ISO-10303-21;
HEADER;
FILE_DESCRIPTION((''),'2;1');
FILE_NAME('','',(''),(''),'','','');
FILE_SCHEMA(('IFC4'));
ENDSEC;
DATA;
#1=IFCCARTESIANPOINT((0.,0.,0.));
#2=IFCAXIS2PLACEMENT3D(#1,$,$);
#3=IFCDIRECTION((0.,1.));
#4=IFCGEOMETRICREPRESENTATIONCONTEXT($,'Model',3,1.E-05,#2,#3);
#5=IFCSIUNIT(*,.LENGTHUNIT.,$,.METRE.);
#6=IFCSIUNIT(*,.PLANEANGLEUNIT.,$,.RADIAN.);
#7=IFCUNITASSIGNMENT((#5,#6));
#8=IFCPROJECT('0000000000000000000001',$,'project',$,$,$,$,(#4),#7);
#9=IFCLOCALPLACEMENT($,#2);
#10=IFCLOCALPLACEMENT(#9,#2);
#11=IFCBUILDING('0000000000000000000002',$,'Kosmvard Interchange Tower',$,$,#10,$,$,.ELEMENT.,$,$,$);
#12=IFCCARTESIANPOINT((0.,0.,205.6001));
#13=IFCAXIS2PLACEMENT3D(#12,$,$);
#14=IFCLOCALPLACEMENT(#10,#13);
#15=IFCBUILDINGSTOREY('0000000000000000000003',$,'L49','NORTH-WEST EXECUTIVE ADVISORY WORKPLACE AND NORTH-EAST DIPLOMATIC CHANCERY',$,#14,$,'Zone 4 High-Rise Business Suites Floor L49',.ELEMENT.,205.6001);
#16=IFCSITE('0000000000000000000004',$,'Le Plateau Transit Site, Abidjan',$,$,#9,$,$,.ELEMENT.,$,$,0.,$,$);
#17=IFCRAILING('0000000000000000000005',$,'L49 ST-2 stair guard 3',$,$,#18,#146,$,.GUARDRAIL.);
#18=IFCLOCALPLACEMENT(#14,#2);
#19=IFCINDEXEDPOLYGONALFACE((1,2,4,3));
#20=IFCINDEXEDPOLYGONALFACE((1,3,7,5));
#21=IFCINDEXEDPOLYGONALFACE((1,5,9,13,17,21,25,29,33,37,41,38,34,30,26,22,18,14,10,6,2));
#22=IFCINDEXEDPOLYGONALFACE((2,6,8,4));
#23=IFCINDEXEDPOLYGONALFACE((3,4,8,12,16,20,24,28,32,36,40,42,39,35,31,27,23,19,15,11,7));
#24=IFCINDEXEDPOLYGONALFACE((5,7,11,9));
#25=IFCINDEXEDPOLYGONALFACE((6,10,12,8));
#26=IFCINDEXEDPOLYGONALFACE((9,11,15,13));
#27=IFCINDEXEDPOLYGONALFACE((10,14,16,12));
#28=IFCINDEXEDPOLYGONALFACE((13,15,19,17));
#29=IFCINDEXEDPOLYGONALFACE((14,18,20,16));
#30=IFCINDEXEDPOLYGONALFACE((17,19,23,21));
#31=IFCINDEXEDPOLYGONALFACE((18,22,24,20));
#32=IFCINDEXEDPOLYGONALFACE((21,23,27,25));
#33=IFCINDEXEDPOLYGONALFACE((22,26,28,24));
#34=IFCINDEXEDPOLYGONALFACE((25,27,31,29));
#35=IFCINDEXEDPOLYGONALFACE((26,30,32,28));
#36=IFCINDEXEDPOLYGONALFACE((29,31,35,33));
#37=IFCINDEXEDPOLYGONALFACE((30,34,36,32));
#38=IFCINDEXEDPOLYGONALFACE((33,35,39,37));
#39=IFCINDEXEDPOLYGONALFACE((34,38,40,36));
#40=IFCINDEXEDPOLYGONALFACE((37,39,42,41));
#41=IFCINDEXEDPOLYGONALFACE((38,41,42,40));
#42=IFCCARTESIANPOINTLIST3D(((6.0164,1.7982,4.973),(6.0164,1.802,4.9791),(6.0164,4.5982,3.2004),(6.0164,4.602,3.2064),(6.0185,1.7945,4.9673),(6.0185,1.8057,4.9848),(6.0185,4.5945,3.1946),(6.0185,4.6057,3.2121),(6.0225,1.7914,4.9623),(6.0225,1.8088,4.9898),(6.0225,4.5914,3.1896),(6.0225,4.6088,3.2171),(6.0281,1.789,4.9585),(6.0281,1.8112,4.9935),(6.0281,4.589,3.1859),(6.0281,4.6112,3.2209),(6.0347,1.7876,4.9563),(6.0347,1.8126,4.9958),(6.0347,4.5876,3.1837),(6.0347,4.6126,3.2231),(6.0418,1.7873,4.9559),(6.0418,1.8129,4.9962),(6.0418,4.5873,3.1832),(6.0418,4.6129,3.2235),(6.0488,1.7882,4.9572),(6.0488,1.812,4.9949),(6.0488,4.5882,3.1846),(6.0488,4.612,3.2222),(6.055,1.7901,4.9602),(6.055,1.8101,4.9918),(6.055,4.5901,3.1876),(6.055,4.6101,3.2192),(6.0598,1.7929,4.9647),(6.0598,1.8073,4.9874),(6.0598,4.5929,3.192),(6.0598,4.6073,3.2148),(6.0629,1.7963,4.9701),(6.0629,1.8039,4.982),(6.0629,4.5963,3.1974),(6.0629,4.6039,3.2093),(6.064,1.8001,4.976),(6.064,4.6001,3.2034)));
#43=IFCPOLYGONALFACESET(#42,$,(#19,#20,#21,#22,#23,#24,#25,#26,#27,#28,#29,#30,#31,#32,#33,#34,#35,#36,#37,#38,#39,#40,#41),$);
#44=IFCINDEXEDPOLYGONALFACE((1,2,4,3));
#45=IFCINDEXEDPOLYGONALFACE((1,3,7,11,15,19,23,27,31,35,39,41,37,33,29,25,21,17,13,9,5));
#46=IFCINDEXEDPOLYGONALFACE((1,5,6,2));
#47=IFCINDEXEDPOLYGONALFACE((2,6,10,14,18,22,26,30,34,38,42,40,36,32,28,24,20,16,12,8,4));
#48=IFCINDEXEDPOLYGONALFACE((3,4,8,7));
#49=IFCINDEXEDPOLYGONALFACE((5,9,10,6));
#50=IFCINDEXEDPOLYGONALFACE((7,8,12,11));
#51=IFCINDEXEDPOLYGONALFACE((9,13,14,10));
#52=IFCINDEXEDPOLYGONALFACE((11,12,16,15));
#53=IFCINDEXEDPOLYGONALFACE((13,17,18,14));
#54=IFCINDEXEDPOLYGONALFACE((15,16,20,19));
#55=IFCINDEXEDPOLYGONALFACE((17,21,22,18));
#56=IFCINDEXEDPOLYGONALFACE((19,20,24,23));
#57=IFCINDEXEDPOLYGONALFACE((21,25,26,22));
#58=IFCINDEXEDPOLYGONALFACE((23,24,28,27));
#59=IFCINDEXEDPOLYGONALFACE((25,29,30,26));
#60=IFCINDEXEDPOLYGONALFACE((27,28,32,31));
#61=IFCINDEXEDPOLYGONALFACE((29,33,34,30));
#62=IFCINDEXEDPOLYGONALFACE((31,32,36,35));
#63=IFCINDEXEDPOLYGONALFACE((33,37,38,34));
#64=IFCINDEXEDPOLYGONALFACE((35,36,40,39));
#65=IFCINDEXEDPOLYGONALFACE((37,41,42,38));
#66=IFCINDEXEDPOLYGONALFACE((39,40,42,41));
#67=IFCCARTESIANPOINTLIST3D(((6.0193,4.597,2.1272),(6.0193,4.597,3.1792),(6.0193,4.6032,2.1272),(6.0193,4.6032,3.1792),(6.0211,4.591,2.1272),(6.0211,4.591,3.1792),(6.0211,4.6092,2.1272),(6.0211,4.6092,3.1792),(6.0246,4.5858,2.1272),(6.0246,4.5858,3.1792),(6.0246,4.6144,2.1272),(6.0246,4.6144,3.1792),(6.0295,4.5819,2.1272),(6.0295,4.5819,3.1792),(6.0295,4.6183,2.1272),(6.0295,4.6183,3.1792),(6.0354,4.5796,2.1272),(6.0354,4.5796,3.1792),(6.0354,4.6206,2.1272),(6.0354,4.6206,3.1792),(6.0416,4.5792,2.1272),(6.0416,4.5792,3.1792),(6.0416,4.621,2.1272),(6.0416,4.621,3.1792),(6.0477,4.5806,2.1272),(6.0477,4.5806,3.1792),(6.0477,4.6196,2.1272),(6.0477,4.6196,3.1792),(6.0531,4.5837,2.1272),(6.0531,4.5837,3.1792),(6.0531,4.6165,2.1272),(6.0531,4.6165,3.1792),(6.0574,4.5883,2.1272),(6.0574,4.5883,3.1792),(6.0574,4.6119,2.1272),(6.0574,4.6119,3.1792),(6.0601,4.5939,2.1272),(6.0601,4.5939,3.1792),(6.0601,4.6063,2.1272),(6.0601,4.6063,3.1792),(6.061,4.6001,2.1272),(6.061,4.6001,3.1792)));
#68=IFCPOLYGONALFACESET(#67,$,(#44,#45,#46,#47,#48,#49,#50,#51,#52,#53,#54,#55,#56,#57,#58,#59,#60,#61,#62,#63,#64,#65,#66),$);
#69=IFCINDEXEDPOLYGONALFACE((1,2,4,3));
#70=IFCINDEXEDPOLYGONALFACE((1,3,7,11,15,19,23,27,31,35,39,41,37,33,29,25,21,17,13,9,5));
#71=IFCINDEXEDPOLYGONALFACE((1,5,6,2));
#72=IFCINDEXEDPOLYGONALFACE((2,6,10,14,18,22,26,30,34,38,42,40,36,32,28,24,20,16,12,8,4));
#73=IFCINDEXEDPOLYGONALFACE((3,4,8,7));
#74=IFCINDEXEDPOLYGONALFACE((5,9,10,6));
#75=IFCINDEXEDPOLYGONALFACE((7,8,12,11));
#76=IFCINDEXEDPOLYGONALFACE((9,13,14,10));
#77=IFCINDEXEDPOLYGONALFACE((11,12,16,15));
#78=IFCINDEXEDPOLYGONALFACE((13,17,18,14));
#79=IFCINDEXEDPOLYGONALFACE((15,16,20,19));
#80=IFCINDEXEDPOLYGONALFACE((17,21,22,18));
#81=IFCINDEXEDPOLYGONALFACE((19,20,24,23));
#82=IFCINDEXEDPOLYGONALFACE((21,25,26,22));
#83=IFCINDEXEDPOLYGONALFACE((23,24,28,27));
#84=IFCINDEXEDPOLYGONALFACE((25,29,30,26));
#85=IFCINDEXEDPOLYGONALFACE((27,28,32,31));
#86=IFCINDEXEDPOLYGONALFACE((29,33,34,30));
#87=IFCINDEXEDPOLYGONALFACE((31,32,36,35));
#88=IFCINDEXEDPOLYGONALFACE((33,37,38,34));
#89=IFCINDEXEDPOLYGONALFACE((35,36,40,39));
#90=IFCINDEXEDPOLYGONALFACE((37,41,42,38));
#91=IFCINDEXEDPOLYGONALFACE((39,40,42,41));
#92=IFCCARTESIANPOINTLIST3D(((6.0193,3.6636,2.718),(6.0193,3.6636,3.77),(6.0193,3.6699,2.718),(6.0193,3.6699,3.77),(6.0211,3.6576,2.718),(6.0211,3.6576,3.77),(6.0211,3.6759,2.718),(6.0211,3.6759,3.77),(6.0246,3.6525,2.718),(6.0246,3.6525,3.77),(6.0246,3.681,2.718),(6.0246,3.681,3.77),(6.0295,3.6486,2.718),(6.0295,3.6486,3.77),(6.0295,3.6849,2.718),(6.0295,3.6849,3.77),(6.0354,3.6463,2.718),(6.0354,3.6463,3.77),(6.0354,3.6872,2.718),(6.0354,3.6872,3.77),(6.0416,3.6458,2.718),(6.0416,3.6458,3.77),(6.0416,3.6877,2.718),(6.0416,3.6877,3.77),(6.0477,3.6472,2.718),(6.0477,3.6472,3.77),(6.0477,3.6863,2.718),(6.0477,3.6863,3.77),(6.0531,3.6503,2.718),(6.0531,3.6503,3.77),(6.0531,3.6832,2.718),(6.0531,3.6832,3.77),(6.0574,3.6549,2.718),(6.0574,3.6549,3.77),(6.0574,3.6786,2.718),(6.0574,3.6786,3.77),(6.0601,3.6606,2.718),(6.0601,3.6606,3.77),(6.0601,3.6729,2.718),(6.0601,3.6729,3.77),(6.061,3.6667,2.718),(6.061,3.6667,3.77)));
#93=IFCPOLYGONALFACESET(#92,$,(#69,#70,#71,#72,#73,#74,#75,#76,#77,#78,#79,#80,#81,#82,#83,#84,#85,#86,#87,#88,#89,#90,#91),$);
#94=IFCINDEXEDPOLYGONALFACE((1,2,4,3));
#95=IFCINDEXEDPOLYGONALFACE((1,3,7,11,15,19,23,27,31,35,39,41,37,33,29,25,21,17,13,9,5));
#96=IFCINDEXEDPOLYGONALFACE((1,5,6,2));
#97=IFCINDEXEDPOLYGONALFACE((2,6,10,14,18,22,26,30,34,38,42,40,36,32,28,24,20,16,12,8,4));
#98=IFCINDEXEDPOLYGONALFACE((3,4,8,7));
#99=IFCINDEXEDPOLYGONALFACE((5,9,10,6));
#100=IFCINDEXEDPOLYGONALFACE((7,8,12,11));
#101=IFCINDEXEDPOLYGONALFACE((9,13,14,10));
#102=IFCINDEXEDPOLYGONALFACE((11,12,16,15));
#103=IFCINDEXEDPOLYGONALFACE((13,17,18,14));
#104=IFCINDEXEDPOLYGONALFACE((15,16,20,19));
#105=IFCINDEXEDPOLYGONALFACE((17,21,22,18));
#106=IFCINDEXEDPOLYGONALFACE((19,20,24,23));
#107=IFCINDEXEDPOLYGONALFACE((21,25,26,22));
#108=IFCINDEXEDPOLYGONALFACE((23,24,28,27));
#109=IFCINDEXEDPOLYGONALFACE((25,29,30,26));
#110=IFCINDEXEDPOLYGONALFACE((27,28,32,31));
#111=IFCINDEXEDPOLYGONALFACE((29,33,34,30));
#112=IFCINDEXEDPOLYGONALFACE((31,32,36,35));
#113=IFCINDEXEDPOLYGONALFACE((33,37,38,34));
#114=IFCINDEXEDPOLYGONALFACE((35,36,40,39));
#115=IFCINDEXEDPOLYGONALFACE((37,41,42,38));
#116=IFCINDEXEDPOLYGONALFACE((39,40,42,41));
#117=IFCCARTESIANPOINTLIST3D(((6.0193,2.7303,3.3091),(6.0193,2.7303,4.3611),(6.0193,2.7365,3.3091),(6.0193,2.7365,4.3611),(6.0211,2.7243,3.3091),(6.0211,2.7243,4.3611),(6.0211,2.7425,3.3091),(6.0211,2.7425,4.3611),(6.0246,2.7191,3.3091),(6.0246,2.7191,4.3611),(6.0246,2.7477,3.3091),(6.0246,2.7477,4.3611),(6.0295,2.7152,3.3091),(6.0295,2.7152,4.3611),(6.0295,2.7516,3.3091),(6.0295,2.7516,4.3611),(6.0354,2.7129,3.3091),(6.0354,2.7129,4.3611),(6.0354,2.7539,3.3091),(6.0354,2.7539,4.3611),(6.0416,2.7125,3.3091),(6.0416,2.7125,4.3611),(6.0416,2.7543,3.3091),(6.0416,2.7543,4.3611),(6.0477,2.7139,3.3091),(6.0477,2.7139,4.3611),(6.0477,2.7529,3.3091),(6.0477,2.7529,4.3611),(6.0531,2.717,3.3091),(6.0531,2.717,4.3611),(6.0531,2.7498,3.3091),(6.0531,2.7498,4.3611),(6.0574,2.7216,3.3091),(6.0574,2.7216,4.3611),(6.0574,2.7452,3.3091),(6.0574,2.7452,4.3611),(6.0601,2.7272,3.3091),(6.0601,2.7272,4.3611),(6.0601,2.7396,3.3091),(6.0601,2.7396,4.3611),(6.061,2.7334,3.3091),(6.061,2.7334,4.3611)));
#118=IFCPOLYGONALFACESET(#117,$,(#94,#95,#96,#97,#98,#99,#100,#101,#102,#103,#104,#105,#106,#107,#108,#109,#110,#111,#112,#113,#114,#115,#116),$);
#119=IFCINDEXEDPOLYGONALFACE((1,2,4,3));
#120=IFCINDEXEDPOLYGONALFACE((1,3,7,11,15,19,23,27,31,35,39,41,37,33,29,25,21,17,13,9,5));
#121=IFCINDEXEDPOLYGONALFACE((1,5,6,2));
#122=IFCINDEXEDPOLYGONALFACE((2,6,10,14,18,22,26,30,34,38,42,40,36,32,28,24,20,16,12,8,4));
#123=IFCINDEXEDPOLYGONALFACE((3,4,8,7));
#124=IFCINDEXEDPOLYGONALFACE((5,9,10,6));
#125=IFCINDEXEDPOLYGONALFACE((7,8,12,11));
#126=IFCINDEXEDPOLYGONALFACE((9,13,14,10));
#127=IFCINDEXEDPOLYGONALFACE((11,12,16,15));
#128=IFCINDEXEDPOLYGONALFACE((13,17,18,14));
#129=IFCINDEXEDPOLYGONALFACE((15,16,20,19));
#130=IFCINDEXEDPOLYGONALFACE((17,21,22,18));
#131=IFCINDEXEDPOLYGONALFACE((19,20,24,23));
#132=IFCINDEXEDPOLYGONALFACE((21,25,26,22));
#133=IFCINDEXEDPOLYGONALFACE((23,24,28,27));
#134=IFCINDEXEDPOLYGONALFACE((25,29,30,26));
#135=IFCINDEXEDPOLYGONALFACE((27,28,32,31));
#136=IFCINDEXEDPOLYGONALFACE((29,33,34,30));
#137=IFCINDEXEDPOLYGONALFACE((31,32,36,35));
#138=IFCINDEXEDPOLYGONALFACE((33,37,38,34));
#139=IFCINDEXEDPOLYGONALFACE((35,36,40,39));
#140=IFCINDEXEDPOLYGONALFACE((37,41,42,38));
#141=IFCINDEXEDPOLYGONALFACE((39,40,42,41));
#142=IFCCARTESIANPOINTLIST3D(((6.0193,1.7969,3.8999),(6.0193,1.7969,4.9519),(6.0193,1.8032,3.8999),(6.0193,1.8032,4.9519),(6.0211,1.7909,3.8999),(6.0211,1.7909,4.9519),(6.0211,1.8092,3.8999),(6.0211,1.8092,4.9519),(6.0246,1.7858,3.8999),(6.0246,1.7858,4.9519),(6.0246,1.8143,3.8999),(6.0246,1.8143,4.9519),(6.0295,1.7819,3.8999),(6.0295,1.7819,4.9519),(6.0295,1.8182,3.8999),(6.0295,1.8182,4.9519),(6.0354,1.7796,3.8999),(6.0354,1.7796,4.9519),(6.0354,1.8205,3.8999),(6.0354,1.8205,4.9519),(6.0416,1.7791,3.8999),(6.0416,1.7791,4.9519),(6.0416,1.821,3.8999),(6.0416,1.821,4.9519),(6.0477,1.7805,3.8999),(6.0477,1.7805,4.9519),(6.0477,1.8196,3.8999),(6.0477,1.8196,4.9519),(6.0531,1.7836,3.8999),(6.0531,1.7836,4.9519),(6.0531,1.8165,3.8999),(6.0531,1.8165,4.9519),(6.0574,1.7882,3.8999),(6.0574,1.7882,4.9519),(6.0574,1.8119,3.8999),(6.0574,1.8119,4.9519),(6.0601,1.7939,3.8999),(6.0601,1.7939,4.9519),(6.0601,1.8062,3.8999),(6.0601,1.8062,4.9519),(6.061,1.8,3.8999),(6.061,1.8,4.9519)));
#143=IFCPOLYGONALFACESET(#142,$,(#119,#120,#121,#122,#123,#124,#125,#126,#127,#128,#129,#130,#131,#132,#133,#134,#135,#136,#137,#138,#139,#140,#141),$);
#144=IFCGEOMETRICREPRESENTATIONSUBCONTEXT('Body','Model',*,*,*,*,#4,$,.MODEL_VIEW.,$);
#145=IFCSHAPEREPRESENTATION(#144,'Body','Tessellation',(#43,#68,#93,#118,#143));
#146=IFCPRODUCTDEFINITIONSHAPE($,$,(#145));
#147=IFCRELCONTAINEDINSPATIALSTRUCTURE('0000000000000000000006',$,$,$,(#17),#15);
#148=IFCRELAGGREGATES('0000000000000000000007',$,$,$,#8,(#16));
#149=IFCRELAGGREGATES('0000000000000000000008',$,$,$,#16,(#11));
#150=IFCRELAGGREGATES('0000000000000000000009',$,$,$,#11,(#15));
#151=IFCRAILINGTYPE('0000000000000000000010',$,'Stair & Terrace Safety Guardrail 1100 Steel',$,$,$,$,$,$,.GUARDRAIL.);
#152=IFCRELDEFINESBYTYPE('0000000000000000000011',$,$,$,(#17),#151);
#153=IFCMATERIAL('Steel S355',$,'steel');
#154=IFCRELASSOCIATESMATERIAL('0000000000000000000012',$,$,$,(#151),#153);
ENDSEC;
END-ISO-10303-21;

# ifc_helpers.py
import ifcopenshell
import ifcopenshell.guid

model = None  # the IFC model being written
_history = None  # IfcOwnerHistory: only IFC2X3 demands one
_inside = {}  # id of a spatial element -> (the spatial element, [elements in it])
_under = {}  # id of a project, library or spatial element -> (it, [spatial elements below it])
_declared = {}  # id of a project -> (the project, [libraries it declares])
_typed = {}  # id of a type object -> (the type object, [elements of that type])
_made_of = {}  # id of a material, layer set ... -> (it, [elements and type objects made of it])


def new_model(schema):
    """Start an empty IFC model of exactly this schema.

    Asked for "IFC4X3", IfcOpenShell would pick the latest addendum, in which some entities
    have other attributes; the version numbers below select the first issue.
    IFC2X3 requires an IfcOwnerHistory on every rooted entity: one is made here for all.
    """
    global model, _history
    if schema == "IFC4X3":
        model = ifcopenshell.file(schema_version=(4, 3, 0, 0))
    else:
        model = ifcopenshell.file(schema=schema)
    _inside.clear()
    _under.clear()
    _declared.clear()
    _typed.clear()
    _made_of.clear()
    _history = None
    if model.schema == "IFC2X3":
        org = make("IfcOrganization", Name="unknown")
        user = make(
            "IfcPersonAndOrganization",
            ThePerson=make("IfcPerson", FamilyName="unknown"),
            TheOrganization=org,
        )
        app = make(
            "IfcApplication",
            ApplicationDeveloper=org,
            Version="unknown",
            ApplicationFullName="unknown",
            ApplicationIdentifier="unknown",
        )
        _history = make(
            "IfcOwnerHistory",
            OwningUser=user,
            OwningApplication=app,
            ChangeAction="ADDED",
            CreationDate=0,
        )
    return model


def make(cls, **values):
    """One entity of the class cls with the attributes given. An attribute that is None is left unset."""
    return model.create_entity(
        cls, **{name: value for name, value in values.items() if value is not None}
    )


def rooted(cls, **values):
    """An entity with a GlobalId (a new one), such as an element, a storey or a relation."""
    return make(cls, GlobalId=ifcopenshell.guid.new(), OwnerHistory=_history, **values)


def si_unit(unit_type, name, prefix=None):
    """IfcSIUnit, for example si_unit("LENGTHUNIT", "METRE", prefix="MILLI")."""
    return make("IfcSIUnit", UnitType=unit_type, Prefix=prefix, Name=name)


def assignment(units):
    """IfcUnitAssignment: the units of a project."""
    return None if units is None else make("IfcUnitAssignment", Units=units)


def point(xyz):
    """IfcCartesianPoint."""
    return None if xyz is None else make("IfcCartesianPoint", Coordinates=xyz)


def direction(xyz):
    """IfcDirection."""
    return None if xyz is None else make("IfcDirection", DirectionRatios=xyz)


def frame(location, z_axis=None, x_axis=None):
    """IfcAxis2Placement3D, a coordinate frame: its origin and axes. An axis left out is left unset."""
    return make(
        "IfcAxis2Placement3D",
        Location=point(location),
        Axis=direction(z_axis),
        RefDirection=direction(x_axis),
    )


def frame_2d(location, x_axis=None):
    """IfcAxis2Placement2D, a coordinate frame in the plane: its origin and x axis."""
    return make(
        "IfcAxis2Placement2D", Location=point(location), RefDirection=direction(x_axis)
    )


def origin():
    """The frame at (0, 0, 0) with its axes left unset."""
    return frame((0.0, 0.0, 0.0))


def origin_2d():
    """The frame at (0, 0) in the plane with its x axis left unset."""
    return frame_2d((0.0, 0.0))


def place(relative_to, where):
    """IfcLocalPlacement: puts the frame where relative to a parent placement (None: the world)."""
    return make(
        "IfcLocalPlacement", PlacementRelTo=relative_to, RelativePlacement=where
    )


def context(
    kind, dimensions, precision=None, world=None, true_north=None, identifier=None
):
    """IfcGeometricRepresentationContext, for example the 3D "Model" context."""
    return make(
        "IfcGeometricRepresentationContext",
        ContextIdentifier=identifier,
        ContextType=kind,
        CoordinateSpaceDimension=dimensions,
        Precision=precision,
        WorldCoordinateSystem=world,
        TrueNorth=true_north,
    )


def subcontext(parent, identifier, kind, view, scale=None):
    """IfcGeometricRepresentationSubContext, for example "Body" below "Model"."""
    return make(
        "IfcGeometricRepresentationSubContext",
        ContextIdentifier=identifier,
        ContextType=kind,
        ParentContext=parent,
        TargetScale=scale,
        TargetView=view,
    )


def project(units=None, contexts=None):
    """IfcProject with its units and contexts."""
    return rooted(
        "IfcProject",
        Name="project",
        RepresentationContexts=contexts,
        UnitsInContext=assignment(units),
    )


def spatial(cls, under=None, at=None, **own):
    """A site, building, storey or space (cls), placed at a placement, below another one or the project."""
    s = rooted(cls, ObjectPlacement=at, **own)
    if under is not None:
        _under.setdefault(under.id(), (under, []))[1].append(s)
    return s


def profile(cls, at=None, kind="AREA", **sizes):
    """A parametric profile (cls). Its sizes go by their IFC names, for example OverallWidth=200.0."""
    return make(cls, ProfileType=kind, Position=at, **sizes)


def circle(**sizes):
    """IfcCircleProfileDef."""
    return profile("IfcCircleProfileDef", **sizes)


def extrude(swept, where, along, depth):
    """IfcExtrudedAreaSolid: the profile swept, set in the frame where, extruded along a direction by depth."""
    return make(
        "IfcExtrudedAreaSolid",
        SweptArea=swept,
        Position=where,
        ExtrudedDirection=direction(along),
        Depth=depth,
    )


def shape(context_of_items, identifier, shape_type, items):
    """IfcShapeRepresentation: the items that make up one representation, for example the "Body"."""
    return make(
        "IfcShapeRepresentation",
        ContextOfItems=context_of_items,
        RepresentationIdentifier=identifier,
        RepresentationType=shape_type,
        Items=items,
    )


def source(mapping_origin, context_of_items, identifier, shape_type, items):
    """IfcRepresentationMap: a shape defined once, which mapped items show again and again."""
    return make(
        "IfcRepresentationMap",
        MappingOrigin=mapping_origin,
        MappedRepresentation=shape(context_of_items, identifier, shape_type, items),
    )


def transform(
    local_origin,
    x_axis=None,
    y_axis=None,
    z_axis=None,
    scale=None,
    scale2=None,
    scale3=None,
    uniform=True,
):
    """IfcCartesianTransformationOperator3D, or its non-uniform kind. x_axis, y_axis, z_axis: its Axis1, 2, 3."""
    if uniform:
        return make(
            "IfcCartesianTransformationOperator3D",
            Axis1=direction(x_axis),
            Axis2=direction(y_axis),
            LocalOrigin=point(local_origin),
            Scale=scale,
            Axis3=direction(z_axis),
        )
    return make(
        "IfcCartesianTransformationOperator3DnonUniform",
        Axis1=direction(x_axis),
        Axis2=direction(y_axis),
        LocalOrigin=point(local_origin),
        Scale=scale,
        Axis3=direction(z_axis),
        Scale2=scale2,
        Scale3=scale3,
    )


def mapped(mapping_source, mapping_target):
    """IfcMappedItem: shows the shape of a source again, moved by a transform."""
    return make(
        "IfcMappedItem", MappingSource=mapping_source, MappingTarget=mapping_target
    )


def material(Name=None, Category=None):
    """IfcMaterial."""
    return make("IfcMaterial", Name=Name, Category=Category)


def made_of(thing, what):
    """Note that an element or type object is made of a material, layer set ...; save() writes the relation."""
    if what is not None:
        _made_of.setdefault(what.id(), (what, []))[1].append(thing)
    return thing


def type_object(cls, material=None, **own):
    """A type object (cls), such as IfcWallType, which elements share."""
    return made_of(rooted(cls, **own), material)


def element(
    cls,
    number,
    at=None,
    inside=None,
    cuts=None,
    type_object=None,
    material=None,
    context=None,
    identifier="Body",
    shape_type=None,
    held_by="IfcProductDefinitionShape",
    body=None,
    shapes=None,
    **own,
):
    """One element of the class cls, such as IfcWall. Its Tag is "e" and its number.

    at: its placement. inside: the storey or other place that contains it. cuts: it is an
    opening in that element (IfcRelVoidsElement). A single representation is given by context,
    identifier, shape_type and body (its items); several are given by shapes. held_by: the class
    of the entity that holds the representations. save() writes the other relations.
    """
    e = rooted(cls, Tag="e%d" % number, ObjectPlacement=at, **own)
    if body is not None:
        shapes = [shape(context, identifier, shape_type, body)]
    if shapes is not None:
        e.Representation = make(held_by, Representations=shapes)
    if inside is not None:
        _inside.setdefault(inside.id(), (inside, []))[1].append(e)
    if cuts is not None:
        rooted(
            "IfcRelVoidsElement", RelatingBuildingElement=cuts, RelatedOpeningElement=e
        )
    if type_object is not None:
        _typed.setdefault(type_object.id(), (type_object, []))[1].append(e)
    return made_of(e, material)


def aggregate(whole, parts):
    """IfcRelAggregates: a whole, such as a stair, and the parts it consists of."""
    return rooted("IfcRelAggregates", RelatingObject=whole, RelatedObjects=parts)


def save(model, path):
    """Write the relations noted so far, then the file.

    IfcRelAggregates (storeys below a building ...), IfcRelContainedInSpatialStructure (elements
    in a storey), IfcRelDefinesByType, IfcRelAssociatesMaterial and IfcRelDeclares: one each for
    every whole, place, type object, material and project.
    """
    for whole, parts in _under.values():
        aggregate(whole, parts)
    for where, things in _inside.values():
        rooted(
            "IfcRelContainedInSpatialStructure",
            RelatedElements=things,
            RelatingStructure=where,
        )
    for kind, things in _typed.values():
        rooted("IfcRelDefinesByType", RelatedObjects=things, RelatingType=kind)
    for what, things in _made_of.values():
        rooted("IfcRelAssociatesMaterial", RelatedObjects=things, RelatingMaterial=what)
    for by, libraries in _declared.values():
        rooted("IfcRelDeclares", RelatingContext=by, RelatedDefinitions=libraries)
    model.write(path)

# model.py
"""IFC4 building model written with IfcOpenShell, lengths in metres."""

from ifc_helpers import new_model, si_unit, direction, frame, origin, origin_2d, place, context, subcontext, project, spatial, circle, extrude, source, transform, mapped, material, type_object, element, save


model = new_model("IFC4")

# Units and contexts
model_context = context("Model", 3, precision=1e-05, world=origin(), true_north=direction((0.0, 1.0)))
body_context = subcontext(model_context, "Body", "Model", "MODEL_VIEW")
ifc_project = project(units=[si_unit("LENGTHUNIT", "METRE"), si_unit("PLANEANGLEUNIT", "RADIAN")], contexts=[model_context])

# Site, building, storey
site_placement = place(None, origin())
site = spatial("IfcSite", under=ifc_project, at=site_placement, Name="Le Plateau Transit Site, Abidjan", CompositionType="ELEMENT", RefElevation=0.0)
building_placement = place(site_placement, origin())
building = spatial("IfcBuilding", under=site, at=building_placement, Name="Kosmvard Interchange Tower", CompositionType="ELEMENT")
storey_placement = place(building_placement, frame((0.0, 0.0, 205.6001)))
storey = spatial("IfcBuildingStorey", under=building, at=storey_placement, Name="L49", Description="NORTH-WEST EXECUTIVE ADVISORY WORKPLACE AND NORTH-EAST DIPLOMATIC CHANCERY", LongName="Zone 4 High-Rise Business Suites Floor L49", CompositionType="ELEMENT", Elevation=205.6001)

# Railing
ifc_material_1 = material(Name="Steel S355", Category="steel")
railing_type_1 = type_object("IfcRailingType", Name="Stair & Terrace Safety Guardrail 1100 Steel", PredefinedType="GUARDRAIL", material=ifc_material_1)
shared_shape_1 = source(origin(), body_context, "Body", "SweptSolid", [
    extrude(circle(Radius=0.0239, at=origin_2d()), frame((0.0, 0.0, 1.0762), z_axis=(0.0, -0.844909, 0.53491), x_axis=(1.0, 0.0, 0.0)), (0.0, 0.0, 1.0), 3.314),
    extrude(circle(Radius=0.021, at=origin_2d()), origin(), (0.0, 0.0, 1.0), 1.052),
    extrude(circle(Radius=0.021, at=origin_2d()), frame((0.0, -0.9333, 0.5908)), (0.0, 0.0, 1.0), 1.052),
    extrude(circle(Radius=0.021, at=origin_2d()), frame((0.0, -1.8667, 1.1819)), (0.0, 0.0, 1.0), 1.052),
    extrude(circle(Radius=0.021, at=origin_2d()), frame((0.0, -2.8, 1.7727)), (0.0, 0.0, 1.0), 1.052),
])
railing_1_placement = place(storey_placement, frame((6.04, 4.6001, 2.1272)))
element("IfcRailing", 1, at=railing_1_placement, inside=storey, type_object=railing_type_1, Name="L49 ST-2 stair guard 3", PredefinedType="GUARDRAIL", context=body_context, shape_type="MappedRepresentation", body=[
    mapped(shared_shape_1, transform((0.0, 0.0, 0.0), scale=1.0)),
])

save(model, "model.ifc")
